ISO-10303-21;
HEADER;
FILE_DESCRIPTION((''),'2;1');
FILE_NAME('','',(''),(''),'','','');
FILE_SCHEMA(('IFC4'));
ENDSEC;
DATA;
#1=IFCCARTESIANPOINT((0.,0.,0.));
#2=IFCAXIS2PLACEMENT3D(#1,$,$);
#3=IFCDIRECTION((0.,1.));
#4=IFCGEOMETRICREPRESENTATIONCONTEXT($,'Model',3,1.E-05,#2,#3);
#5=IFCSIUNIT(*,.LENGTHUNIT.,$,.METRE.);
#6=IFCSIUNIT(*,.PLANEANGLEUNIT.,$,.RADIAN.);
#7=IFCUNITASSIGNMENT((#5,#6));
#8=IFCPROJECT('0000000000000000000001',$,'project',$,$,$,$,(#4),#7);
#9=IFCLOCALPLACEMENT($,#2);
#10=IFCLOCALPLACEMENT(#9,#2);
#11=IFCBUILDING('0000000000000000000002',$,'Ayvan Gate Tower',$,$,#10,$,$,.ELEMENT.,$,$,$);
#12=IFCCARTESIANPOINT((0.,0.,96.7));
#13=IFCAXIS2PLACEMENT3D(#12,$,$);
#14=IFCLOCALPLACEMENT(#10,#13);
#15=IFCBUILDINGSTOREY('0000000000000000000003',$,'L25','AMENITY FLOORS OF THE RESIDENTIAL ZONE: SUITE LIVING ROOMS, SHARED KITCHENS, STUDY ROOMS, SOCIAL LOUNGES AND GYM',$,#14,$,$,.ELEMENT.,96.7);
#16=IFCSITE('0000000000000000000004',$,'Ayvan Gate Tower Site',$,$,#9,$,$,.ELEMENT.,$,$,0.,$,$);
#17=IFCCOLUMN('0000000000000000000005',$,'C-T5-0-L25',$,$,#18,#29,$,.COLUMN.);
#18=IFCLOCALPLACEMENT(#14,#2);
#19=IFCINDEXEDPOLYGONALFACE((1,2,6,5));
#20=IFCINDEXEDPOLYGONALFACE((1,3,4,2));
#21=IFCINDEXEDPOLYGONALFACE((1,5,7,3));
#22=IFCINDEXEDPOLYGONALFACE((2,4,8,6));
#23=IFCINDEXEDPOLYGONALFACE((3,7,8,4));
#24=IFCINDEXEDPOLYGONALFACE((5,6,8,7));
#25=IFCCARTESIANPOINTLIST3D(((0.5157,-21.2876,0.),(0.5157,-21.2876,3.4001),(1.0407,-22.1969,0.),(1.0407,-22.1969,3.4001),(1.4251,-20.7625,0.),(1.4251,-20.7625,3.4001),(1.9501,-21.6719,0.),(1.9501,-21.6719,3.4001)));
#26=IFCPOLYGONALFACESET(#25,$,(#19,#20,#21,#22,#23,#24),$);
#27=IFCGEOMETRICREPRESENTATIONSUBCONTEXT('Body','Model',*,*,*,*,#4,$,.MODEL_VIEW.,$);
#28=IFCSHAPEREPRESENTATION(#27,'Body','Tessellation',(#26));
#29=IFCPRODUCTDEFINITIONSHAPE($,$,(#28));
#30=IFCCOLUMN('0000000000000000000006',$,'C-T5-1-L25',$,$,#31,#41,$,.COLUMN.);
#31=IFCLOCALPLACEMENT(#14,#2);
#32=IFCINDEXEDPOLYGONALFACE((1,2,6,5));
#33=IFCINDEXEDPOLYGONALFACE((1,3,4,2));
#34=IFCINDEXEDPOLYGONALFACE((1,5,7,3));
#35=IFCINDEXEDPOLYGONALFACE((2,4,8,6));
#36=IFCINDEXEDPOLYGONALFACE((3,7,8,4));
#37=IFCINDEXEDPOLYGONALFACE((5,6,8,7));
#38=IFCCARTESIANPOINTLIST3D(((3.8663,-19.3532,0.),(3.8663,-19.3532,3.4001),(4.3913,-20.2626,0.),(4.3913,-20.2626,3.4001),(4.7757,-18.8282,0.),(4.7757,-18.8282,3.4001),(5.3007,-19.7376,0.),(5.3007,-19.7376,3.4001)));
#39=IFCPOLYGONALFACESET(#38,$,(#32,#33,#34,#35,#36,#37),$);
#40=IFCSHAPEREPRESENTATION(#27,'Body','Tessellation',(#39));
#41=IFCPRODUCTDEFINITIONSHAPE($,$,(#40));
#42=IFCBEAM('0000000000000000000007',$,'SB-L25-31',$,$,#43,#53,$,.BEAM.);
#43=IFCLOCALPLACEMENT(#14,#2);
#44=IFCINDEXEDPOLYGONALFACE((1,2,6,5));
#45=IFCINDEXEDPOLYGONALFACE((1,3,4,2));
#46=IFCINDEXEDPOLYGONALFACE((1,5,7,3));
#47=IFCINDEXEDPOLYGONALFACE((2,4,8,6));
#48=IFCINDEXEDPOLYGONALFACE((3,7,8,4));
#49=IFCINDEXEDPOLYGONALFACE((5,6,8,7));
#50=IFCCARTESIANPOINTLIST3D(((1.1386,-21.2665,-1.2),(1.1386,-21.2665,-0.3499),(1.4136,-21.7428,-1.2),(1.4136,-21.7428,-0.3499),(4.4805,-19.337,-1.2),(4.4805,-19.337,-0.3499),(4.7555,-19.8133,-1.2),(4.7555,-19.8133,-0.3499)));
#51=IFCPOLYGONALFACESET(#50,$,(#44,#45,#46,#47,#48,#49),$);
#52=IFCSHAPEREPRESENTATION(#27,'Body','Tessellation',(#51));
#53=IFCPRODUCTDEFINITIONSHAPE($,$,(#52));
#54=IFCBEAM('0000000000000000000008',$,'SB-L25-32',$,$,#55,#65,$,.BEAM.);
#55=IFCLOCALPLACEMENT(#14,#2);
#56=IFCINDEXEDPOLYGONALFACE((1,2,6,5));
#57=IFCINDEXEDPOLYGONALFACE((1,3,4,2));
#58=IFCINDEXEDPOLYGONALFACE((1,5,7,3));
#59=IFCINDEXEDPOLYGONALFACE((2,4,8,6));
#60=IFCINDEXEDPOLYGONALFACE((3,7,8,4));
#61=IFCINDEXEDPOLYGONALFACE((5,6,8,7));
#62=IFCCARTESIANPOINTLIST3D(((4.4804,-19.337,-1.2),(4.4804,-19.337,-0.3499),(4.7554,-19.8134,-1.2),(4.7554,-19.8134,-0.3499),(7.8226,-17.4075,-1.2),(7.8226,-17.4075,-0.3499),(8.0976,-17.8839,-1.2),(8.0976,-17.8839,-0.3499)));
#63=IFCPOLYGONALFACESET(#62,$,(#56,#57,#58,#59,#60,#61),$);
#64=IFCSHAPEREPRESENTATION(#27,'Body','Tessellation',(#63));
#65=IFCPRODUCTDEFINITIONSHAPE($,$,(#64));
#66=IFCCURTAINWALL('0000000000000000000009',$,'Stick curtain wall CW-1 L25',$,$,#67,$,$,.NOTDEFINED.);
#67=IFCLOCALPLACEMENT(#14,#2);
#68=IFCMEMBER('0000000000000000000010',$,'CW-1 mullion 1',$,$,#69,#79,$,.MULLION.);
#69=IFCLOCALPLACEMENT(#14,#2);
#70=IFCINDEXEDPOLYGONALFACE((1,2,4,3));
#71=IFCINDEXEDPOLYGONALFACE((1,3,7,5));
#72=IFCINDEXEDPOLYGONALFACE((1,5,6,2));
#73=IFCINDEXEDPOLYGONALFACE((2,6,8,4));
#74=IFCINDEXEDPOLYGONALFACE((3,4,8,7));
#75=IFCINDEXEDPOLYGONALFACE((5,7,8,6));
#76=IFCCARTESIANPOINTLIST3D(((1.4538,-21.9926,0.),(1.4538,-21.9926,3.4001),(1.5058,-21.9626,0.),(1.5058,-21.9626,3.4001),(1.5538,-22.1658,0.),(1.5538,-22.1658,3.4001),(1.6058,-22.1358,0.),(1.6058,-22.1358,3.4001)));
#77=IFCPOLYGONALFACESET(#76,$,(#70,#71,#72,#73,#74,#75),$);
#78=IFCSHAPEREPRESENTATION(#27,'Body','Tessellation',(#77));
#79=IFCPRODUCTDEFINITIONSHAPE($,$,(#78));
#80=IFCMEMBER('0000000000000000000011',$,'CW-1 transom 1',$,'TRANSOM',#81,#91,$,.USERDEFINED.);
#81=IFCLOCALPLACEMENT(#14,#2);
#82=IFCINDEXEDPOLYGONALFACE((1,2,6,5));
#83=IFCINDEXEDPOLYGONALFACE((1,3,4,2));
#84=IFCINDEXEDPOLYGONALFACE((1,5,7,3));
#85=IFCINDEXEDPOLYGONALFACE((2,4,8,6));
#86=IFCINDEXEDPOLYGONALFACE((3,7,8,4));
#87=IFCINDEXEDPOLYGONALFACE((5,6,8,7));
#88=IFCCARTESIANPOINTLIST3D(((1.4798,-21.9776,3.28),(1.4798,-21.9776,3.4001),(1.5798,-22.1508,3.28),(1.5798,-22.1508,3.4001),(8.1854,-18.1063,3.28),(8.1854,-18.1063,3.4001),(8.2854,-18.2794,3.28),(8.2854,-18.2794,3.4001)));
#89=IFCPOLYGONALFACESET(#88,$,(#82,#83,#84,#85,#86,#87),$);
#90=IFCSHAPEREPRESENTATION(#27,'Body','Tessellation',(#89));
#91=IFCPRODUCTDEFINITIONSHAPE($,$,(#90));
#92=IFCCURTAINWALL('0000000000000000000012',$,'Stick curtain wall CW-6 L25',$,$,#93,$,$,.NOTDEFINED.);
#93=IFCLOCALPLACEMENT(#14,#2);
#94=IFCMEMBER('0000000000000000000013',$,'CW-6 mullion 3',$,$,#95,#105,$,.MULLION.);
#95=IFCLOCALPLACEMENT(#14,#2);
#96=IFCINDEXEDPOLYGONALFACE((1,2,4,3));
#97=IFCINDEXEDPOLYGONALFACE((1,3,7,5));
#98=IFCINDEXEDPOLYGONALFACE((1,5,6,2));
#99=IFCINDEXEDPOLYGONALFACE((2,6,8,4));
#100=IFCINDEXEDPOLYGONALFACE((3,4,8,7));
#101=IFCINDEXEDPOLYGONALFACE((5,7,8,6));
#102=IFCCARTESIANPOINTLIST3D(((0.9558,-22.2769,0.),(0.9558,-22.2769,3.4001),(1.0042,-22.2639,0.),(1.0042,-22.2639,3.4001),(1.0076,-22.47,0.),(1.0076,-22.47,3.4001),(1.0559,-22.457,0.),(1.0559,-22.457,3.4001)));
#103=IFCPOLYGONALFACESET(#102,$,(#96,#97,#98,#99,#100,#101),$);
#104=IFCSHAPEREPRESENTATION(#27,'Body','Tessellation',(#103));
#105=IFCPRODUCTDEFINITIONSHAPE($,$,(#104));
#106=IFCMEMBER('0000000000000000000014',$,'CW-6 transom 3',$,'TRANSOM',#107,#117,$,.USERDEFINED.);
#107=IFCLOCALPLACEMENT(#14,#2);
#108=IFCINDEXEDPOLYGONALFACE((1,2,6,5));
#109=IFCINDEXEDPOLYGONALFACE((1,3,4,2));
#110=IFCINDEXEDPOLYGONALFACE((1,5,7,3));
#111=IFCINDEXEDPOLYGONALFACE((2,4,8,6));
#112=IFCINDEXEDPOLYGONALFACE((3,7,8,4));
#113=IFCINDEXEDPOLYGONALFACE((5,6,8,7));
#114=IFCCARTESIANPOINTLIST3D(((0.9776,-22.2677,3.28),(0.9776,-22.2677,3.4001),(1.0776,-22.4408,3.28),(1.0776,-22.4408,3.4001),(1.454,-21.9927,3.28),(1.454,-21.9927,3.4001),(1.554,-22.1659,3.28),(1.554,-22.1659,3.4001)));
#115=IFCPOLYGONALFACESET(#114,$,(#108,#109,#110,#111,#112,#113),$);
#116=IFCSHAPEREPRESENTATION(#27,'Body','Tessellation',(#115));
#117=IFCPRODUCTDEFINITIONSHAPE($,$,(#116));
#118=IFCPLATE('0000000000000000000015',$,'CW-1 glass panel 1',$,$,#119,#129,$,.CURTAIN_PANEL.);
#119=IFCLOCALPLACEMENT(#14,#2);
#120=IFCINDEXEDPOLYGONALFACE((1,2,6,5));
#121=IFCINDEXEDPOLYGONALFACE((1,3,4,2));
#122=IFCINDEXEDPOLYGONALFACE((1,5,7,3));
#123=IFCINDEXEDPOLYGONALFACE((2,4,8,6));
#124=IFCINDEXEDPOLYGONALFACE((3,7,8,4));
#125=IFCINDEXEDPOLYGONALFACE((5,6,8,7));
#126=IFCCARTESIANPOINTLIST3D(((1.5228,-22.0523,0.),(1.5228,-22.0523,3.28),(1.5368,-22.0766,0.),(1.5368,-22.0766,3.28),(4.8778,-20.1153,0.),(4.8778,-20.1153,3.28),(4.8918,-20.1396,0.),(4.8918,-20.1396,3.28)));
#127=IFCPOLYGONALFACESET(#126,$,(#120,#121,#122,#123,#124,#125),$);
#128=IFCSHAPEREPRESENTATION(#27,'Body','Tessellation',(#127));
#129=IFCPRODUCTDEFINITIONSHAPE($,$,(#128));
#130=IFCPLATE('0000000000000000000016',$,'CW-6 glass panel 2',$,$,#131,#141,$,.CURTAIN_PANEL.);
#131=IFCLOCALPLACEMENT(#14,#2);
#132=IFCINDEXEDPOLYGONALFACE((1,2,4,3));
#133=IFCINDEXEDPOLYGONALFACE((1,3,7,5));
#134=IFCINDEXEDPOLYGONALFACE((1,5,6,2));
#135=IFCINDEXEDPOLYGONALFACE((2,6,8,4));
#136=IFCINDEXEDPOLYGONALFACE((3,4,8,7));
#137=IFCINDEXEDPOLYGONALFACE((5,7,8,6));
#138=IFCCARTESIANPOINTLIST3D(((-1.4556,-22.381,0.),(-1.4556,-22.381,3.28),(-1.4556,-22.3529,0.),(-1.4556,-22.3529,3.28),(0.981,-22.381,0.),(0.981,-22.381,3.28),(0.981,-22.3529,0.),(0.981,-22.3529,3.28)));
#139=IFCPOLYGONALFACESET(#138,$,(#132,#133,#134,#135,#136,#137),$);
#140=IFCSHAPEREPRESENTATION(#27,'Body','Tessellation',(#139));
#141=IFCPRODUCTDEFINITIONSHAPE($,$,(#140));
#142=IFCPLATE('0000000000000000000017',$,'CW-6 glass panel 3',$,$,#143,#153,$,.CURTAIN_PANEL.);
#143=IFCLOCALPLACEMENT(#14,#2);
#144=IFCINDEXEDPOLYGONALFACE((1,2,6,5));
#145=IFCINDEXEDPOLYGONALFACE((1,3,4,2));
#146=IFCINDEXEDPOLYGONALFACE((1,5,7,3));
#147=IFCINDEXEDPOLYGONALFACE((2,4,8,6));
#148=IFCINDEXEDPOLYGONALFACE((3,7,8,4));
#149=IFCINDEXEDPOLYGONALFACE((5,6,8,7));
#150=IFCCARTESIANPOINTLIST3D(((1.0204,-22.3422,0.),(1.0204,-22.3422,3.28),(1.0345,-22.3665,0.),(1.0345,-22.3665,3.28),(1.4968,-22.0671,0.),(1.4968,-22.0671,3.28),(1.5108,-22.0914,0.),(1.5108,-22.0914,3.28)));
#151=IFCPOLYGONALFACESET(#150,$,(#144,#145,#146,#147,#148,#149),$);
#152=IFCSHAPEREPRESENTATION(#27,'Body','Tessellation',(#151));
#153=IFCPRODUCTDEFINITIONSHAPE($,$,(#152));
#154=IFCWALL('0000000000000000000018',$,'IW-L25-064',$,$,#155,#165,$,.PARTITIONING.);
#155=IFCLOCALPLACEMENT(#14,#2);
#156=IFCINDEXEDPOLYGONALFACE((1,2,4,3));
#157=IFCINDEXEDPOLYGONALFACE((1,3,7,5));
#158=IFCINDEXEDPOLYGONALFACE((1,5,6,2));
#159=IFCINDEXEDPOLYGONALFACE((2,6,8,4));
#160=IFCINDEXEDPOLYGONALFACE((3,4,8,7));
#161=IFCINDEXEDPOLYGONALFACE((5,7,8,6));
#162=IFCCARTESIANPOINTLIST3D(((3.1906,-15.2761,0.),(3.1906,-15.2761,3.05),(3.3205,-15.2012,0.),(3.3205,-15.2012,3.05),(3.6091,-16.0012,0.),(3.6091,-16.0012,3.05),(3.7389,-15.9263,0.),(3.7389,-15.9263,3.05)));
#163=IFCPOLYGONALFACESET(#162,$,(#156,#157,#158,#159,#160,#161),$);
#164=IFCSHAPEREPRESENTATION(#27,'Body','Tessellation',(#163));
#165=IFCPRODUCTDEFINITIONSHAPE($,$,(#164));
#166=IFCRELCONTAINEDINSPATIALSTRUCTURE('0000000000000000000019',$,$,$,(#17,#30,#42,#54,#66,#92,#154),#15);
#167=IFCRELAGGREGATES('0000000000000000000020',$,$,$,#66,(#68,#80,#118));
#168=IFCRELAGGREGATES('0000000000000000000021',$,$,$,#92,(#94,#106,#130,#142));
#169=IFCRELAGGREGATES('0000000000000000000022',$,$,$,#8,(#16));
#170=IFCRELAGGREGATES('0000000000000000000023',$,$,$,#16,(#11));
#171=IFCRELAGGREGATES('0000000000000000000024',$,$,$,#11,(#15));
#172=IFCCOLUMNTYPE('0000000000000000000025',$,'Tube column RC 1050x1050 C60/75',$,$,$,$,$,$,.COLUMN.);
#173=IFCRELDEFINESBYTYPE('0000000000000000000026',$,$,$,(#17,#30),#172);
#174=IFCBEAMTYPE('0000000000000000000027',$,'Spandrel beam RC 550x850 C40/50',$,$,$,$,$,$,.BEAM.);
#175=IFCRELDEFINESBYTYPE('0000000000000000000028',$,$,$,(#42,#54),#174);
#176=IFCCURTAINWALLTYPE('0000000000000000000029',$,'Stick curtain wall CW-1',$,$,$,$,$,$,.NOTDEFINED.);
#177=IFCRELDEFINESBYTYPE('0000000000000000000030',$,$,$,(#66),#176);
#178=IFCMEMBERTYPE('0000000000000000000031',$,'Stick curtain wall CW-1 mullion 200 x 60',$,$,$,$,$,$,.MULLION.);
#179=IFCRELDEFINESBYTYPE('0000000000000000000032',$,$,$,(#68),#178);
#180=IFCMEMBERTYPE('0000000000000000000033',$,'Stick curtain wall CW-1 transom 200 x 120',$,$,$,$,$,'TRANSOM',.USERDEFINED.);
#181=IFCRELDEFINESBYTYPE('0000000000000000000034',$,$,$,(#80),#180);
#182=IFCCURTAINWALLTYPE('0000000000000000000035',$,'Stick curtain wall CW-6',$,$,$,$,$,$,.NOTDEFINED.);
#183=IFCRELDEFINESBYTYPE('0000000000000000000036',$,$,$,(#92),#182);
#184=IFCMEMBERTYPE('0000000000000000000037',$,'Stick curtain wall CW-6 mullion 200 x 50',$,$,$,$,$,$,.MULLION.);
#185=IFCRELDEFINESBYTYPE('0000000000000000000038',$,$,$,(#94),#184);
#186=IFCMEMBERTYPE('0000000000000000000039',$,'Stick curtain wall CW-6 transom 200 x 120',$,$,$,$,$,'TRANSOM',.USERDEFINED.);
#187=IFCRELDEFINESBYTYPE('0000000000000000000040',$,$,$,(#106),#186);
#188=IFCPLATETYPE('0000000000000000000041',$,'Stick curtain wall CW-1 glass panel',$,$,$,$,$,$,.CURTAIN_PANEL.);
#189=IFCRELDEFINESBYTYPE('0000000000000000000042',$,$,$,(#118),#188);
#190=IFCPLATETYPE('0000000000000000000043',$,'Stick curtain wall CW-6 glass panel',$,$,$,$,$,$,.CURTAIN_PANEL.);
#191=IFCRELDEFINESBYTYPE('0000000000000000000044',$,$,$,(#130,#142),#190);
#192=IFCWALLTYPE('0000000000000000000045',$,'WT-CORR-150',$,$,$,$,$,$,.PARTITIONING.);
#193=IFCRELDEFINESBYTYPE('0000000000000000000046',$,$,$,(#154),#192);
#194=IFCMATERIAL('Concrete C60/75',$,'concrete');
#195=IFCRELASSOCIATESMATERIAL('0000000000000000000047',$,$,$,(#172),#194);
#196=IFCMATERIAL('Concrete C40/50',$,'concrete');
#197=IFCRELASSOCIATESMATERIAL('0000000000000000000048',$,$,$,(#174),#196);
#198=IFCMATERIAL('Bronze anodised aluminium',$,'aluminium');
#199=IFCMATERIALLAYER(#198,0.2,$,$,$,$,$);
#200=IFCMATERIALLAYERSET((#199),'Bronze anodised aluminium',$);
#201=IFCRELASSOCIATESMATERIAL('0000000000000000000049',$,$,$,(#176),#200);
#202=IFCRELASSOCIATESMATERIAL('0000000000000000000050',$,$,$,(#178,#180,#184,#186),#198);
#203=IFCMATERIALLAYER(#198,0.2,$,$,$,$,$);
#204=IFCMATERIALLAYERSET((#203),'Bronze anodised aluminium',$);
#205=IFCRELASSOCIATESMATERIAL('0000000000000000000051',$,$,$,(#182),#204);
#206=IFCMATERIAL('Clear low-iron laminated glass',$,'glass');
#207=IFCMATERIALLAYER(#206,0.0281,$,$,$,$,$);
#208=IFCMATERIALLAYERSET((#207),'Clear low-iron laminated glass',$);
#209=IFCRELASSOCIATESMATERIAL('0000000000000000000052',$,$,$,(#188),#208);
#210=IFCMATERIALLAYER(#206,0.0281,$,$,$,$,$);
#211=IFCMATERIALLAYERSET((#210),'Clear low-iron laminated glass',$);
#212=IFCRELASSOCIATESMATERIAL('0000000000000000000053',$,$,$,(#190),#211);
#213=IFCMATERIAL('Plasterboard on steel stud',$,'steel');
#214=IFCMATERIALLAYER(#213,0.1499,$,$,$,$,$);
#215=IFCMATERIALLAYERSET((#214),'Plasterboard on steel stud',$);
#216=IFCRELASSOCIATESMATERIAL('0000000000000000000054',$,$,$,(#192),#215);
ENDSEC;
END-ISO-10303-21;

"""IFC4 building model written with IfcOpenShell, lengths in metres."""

from ifc_helpers import new_model, si_unit, direction, frame, frame_2d, origin, origin_2d, place, context, subcontext, project, spatial, rectangle, extrude, material, layer, layer_set, material_profile, profile_set, type_object, element, aggregate, save


model = new_model("IFC4")

# Units and contexts
model_context = context("Model", 3, precision=1e-05, world=origin(), true_north=direction((0.0, 1.0)))
body_context = subcontext(model_context, "Body", "Model", "MODEL_VIEW")
ifc_project = project(units=[si_unit("LENGTHUNIT", "METRE"), si_unit("PLANEANGLEUNIT", "RADIAN")], contexts=[model_context])

# Site, building, storey
site_placement = place(None, origin())
site = spatial("IfcSite", under=ifc_project, at=site_placement, Name="Ayvan Gate Tower Site", CompositionType="ELEMENT", RefElevation=0.0)
building_placement = place(site_placement, origin())
building = spatial("IfcBuilding", under=site, at=building_placement, Name="Ayvan Gate Tower", CompositionType="ELEMENT")
storey_placement = place(building_placement, frame((0.0, 0.0, 96.7)))
storey = spatial("IfcBuildingStorey", under=building, at=storey_placement, Name="L25", Description="AMENITY FLOORS OF THE RESIDENTIAL ZONE: SUITE LIVING ROOMS, SHARED KITCHENS, STUDY ROOMS, SOCIAL LOUNGES AND GYM", CompositionType="ELEMENT", Elevation=96.7)

# Columns
ifc_material_1 = material(Name="Concrete C60/75", Category="concrete")
ifc_material_profile_1 = material_profile(ifc_material_1, rectangle(XDim=1.05, YDim=1.05, at=origin_2d()), Name="RC 1050x1050")
ifc_profile_set_1 = profile_set([ifc_material_profile_1], Name="Concrete C60/75")
column_type = type_object("IfcColumnType", Name="Tube column RC 1050x1050 C60/75", PredefinedType="COLUMN", material=ifc_profile_set_1)
for number, where, z_axis, x_axis, name in (
    (1, (1.2329, -21.4797, 0.0), (0.0, 0.0, 1.0), (0.5, -0.866025, 0.0), "C-T5-0-L25"),
    (2, (4.5835, -19.5454, 0.0), (0.0, 0.0, 1.0), (0.5, -0.866025, 0.0), "C-T5-1-L25"),
):
    element("IfcColumn", number, at=place(storey_placement, frame(where, z_axis=z_axis, x_axis=x_axis)), inside=storey, type_object=column_type, Name=name, PredefinedType="COLUMN", context=body_context, shape_type="SweptSolid", body=[
        extrude(rectangle(XDim=1.05, YDim=1.05, at=origin_2d()), origin(), (0.0, 0.0, 1.0), 3.4001),
    ])

# Beams
ifc_material_2 = material(Name="Concrete C40/50", Category="concrete")
ifc_material_profile_2 = material_profile(ifc_material_2, rectangle(XDim=0.55, YDim=0.8501, at=origin_2d()), Name="RC 550x850")
ifc_profile_set_2 = profile_set([ifc_material_profile_2], Name="Concrete C40/50")
beam_type = type_object("IfcBeamType", Name="Spandrel beam RC 550x850 C40/50", PredefinedType="BEAM", material=ifc_profile_set_2)
beam_1_placement = place(storey_placement, frame((1.2761, -21.5046, -0.7749), z_axis=(0.866019, 0.500011, 0.0), x_axis=(-0.500011, 0.866019, 0.0)))
element("IfcBeam", 3, at=beam_1_placement, inside=storey, type_object=beam_type, Name="SB-L25-31", PredefinedType="BEAM", context=body_context, shape_type="SweptSolid", body=[
    extrude(rectangle(XDim=0.55, YDim=0.8501, at=origin_2d()), origin(), (0.0, 0.0, 1.0), 3.8589),
])
beam_2_placement = place(storey_placement, frame((4.6179, -19.5752, -0.7749), z_axis=(0.866035, 0.499983, 0.0), x_axis=(-0.499983, 0.866035, 0.0)))
element("IfcBeam", 4, at=beam_2_placement, inside=storey, type_object=beam_type, Name="SB-L25-32", PredefinedType="BEAM", context=body_context, shape_type="SweptSolid", body=[
    extrude(rectangle(XDim=0.55, YDim=0.8501, at=origin_2d()), origin(), (0.0, 0.0, 1.0), 3.8591),
])

# Curtain walls, members
ifc_material_3 = material(Name="Bronze anodised aluminium", Category="aluminium")
ifc_layer_1 = layer(ifc_material_3, 0.2)
ifc_layer_set_1 = layer_set([ifc_layer_1], Name="Bronze anodised aluminium")
curtain_wall_type_1 = type_object("IfcCurtainWallType", Name="Stick curtain wall CW-1", PredefinedType="NOTDEFINED", material=ifc_layer_set_1)
curtain_wall_1_placement = place(storey_placement, origin())
curtain_wall_1 = element("IfcCurtainWall", 5, at=curtain_wall_1_placement, inside=storey, type_object=curtain_wall_type_1, Name="Stick curtain wall CW-1 L25", PredefinedType="NOTDEFINED")
ifc_material_profile_3 = material_profile(ifc_material_3, rectangle(XDim=0.2, YDim=0.0601, at=origin_2d()), Name="Stick curtain wall CW-1 mullion 200 x 60")
ifc_profile_set_3 = profile_set([ifc_material_profile_3], Name="Bronze anodised aluminium")
member_type_1 = type_object("IfcMemberType", Name="Stick curtain wall CW-1 mullion 200 x 60", PredefinedType="MULLION", material=ifc_profile_set_3)
member_1_placement = place(storey_placement, frame((1.5298, -22.0642, 0.0), z_axis=(0.0, 0.0, 1.0), x_axis=(0.5, -0.866025, 0.0)))
member_1 = element("IfcMember", 6, at=member_1_placement, type_object=member_type_1, Name="CW-1 mullion 1", PredefinedType="MULLION", context=body_context, shape_type="SweptSolid", body=[
    extrude(rectangle(XDim=0.2, YDim=0.0601, at=origin_2d()), origin(), (0.0, 0.0, 1.0), 3.4001),
])
ifc_material_profile_4 = material_profile(ifc_material_3, rectangle(XDim=0.2, YDim=0.1201, at=origin_2d()), Name="Stick curtain wall CW-1 transom 200 x 120")
ifc_profile_set_4 = profile_set([ifc_material_profile_4], Name="Bronze anodised aluminium")
member_type_2 = type_object("IfcMemberType", Name="Stick curtain wall CW-1 transom 200 x 120", ElementType="TRANSOM", PredefinedType="USERDEFINED", material=ifc_profile_set_4)
member_2_placement = place(storey_placement, frame((1.5298, -22.0642, 3.3401), z_axis=(0.866032, 0.499988, 0.0), x_axis=(-0.499988, 0.866032, 0.0)))
member_2 = element("IfcMember", 7, at=member_2_placement, type_object=member_type_2, Name="CW-1 transom 1", ObjectType="TRANSOM", PredefinedType="USERDEFINED", context=body_context, shape_type="SweptSolid", body=[
    extrude(rectangle(XDim=0.2, YDim=0.1201, at=origin_2d()), origin(), (0.0, 0.0, 1.0), 7.7429),
])
ifc_layer_2 = layer(ifc_material_3, 0.2)
ifc_layer_set_2 = layer_set([ifc_layer_2], Name="Bronze anodised aluminium")
curtain_wall_type_2 = type_object("IfcCurtainWallType", Name="Stick curtain wall CW-6", PredefinedType="NOTDEFINED", material=ifc_layer_set_2)
curtain_wall_2_placement = place(storey_placement, origin())
curtain_wall_2 = element("IfcCurtainWall", 8, at=curtain_wall_2_placement, inside=storey, type_object=curtain_wall_type_2, Name="Stick curtain wall CW-6 L25", PredefinedType="NOTDEFINED")
ifc_material_profile_5 = material_profile(ifc_material_3, rectangle(XDim=0.2, YDim=0.05, at=origin_2d()), Name="Stick curtain wall CW-6 mullion 200 x 50")
ifc_profile_set_5 = profile_set([ifc_material_profile_5], Name="Bronze anodised aluminium")
member_type_3 = type_object("IfcMemberType", Name="Stick curtain wall CW-6 mullion 200 x 50", PredefinedType="MULLION", material=ifc_profile_set_5)
member_3_placement = place(storey_placement, frame((1.0059, -22.3669, 0.0), z_axis=(0.0, 0.0, 1.0), x_axis=(0.258819, -0.965926, 0.0)))
member_3 = element("IfcMember", 9, at=member_3_placement, type_object=member_type_3, Name="CW-6 mullion 3", PredefinedType="MULLION", context=body_context, shape_type="SweptSolid", body=[
    extrude(rectangle(XDim=0.2, YDim=0.05, at=origin_2d()), origin(), (0.0, 0.0, 1.0), 3.4001),
])
ifc_material_profile_6 = material_profile(ifc_material_3, rectangle(XDim=0.2, YDim=0.1201, at=origin_2d()), Name="Stick curtain wall CW-6 transom 200 x 120")
ifc_profile_set_6 = profile_set([ifc_material_profile_6], Name="Bronze anodised aluminium")
member_type_4 = type_object("IfcMemberType", Name="Stick curtain wall CW-6 transom 200 x 120", ElementType="TRANSOM", PredefinedType="USERDEFINED", material=ifc_profile_set_6)
member_4_placement = place(storey_placement, frame((1.0276, -22.3542, 3.3401), z_axis=(0.866104, 0.499863, 0.0), x_axis=(-0.499863, 0.866104, 0.0)))
member_4 = element("IfcMember", 10, at=member_4_placement, type_object=member_type_4, Name="CW-6 transom 3", ObjectType="TRANSOM", PredefinedType="USERDEFINED", context=body_context, shape_type="SweptSolid", body=[
    extrude(rectangle(XDim=0.2, YDim=0.1201, at=origin_2d()), origin(), (0.0, 0.0, 1.0), 0.55),
])

# Plates
ifc_material_4 = material(Name="Clear low-iron laminated glass", Category="glass")
ifc_layer_3 = layer(ifc_material_4, 0.0281)
ifc_layer_set_3 = layer_set([ifc_layer_3], Name="Clear low-iron laminated glass")
plate_type_1 = type_object("IfcPlateType", Name="Stick curtain wall CW-1 glass panel", PredefinedType="CURTAIN_PANEL", material=ifc_layer_set_3)
plate_1_placement = place(storey_placement, frame((3.2073, -21.0959, 0.0), z_axis=(0.0, 0.0, 1.0), x_axis=(0.866025, 0.5, 0.0)))
plate_1 = element("IfcPlate", 11, at=plate_1_placement, type_object=plate_type_1, Name="CW-1 glass panel 1", PredefinedType="CURTAIN_PANEL", context=body_context, shape_type="SweptSolid", body=[
    extrude(rectangle(XDim=3.874, YDim=0.0281, at=origin_2d()), origin(), (0.0, 0.0, 1.0), 3.28),
])
aggregate(curtain_wall_1, [member_1, member_2, plate_1])
ifc_layer_4 = layer(ifc_material_4, 0.0281)
ifc_layer_set_4 = layer_set([ifc_layer_4], Name="Clear low-iron laminated glass")
plate_type_2 = type_object("IfcPlateType", Name="Stick curtain wall CW-6 glass panel", PredefinedType="CURTAIN_PANEL", material=ifc_layer_set_4)
plate_2_placement = place(storey_placement, frame((-0.2373, -22.3669, 0.0), z_axis=(0.0, 0.0, 1.0), x_axis=(1.0, 0.0, 0.0)))
plate_2 = element("IfcPlate", 12, at=plate_2_placement, type_object=plate_type_2, Name="CW-6 glass panel 2", PredefinedType="CURTAIN_PANEL", context=body_context, shape_type="SweptSolid", body=[
    extrude(rectangle(XDim=2.4365, YDim=0.0281, at=origin_2d()), origin(), (0.0, 0.0, 1.0), 3.28),
])
plate_3_placement = place(storey_placement, frame((1.2656, -22.2168, 0.0), z_axis=(0.0, 0.0, 1.0), x_axis=(0.866025, 0.5, 0.0)))
plate_3 = element("IfcPlate", 13, at=plate_3_placement, type_object=plate_type_2, Name="CW-6 glass panel 3", PredefinedType="CURTAIN_PANEL", context=body_context, shape_type="SweptSolid", body=[
    extrude(rectangle(XDim=0.55, YDim=0.0281, at=origin_2d()), origin(), (0.0, 0.0, 1.0), 3.28),
])
aggregate(curtain_wall_2, [member_3, member_4, plate_2, plate_3])

# Wall
ifc_material_5 = material(Name="Plasterboard on steel stud", Category="steel")
ifc_layer_5 = layer(ifc_material_5, 0.1499)
ifc_layer_set_5 = layer_set([ifc_layer_5], Name="Plasterboard on steel stud")
wall_type_1 = type_object("IfcWallType", Name="WT-CORR-150", PredefinedType="PARTITIONING", material=ifc_layer_set_5)
wall_1_placement = place(storey_placement, frame((3.2556, -15.2388, 0.0), z_axis=(0.0, 0.0, 1.0), x_axis=(0.49984, -0.866118, 0.0)))
element("IfcWall", 14, at=wall_1_placement, inside=storey, type_object=wall_type_1, Name="IW-L25-064", PredefinedType="PARTITIONING", context=body_context, shape_type="SweptSolid", body=[
    extrude(rectangle(XDim=0.8372, YDim=0.1499, at=frame_2d((0.4185, 0.0))), origin(), (0.0, 0.0, 1.0), 3.05),
])

save(model, "model.ifc")
